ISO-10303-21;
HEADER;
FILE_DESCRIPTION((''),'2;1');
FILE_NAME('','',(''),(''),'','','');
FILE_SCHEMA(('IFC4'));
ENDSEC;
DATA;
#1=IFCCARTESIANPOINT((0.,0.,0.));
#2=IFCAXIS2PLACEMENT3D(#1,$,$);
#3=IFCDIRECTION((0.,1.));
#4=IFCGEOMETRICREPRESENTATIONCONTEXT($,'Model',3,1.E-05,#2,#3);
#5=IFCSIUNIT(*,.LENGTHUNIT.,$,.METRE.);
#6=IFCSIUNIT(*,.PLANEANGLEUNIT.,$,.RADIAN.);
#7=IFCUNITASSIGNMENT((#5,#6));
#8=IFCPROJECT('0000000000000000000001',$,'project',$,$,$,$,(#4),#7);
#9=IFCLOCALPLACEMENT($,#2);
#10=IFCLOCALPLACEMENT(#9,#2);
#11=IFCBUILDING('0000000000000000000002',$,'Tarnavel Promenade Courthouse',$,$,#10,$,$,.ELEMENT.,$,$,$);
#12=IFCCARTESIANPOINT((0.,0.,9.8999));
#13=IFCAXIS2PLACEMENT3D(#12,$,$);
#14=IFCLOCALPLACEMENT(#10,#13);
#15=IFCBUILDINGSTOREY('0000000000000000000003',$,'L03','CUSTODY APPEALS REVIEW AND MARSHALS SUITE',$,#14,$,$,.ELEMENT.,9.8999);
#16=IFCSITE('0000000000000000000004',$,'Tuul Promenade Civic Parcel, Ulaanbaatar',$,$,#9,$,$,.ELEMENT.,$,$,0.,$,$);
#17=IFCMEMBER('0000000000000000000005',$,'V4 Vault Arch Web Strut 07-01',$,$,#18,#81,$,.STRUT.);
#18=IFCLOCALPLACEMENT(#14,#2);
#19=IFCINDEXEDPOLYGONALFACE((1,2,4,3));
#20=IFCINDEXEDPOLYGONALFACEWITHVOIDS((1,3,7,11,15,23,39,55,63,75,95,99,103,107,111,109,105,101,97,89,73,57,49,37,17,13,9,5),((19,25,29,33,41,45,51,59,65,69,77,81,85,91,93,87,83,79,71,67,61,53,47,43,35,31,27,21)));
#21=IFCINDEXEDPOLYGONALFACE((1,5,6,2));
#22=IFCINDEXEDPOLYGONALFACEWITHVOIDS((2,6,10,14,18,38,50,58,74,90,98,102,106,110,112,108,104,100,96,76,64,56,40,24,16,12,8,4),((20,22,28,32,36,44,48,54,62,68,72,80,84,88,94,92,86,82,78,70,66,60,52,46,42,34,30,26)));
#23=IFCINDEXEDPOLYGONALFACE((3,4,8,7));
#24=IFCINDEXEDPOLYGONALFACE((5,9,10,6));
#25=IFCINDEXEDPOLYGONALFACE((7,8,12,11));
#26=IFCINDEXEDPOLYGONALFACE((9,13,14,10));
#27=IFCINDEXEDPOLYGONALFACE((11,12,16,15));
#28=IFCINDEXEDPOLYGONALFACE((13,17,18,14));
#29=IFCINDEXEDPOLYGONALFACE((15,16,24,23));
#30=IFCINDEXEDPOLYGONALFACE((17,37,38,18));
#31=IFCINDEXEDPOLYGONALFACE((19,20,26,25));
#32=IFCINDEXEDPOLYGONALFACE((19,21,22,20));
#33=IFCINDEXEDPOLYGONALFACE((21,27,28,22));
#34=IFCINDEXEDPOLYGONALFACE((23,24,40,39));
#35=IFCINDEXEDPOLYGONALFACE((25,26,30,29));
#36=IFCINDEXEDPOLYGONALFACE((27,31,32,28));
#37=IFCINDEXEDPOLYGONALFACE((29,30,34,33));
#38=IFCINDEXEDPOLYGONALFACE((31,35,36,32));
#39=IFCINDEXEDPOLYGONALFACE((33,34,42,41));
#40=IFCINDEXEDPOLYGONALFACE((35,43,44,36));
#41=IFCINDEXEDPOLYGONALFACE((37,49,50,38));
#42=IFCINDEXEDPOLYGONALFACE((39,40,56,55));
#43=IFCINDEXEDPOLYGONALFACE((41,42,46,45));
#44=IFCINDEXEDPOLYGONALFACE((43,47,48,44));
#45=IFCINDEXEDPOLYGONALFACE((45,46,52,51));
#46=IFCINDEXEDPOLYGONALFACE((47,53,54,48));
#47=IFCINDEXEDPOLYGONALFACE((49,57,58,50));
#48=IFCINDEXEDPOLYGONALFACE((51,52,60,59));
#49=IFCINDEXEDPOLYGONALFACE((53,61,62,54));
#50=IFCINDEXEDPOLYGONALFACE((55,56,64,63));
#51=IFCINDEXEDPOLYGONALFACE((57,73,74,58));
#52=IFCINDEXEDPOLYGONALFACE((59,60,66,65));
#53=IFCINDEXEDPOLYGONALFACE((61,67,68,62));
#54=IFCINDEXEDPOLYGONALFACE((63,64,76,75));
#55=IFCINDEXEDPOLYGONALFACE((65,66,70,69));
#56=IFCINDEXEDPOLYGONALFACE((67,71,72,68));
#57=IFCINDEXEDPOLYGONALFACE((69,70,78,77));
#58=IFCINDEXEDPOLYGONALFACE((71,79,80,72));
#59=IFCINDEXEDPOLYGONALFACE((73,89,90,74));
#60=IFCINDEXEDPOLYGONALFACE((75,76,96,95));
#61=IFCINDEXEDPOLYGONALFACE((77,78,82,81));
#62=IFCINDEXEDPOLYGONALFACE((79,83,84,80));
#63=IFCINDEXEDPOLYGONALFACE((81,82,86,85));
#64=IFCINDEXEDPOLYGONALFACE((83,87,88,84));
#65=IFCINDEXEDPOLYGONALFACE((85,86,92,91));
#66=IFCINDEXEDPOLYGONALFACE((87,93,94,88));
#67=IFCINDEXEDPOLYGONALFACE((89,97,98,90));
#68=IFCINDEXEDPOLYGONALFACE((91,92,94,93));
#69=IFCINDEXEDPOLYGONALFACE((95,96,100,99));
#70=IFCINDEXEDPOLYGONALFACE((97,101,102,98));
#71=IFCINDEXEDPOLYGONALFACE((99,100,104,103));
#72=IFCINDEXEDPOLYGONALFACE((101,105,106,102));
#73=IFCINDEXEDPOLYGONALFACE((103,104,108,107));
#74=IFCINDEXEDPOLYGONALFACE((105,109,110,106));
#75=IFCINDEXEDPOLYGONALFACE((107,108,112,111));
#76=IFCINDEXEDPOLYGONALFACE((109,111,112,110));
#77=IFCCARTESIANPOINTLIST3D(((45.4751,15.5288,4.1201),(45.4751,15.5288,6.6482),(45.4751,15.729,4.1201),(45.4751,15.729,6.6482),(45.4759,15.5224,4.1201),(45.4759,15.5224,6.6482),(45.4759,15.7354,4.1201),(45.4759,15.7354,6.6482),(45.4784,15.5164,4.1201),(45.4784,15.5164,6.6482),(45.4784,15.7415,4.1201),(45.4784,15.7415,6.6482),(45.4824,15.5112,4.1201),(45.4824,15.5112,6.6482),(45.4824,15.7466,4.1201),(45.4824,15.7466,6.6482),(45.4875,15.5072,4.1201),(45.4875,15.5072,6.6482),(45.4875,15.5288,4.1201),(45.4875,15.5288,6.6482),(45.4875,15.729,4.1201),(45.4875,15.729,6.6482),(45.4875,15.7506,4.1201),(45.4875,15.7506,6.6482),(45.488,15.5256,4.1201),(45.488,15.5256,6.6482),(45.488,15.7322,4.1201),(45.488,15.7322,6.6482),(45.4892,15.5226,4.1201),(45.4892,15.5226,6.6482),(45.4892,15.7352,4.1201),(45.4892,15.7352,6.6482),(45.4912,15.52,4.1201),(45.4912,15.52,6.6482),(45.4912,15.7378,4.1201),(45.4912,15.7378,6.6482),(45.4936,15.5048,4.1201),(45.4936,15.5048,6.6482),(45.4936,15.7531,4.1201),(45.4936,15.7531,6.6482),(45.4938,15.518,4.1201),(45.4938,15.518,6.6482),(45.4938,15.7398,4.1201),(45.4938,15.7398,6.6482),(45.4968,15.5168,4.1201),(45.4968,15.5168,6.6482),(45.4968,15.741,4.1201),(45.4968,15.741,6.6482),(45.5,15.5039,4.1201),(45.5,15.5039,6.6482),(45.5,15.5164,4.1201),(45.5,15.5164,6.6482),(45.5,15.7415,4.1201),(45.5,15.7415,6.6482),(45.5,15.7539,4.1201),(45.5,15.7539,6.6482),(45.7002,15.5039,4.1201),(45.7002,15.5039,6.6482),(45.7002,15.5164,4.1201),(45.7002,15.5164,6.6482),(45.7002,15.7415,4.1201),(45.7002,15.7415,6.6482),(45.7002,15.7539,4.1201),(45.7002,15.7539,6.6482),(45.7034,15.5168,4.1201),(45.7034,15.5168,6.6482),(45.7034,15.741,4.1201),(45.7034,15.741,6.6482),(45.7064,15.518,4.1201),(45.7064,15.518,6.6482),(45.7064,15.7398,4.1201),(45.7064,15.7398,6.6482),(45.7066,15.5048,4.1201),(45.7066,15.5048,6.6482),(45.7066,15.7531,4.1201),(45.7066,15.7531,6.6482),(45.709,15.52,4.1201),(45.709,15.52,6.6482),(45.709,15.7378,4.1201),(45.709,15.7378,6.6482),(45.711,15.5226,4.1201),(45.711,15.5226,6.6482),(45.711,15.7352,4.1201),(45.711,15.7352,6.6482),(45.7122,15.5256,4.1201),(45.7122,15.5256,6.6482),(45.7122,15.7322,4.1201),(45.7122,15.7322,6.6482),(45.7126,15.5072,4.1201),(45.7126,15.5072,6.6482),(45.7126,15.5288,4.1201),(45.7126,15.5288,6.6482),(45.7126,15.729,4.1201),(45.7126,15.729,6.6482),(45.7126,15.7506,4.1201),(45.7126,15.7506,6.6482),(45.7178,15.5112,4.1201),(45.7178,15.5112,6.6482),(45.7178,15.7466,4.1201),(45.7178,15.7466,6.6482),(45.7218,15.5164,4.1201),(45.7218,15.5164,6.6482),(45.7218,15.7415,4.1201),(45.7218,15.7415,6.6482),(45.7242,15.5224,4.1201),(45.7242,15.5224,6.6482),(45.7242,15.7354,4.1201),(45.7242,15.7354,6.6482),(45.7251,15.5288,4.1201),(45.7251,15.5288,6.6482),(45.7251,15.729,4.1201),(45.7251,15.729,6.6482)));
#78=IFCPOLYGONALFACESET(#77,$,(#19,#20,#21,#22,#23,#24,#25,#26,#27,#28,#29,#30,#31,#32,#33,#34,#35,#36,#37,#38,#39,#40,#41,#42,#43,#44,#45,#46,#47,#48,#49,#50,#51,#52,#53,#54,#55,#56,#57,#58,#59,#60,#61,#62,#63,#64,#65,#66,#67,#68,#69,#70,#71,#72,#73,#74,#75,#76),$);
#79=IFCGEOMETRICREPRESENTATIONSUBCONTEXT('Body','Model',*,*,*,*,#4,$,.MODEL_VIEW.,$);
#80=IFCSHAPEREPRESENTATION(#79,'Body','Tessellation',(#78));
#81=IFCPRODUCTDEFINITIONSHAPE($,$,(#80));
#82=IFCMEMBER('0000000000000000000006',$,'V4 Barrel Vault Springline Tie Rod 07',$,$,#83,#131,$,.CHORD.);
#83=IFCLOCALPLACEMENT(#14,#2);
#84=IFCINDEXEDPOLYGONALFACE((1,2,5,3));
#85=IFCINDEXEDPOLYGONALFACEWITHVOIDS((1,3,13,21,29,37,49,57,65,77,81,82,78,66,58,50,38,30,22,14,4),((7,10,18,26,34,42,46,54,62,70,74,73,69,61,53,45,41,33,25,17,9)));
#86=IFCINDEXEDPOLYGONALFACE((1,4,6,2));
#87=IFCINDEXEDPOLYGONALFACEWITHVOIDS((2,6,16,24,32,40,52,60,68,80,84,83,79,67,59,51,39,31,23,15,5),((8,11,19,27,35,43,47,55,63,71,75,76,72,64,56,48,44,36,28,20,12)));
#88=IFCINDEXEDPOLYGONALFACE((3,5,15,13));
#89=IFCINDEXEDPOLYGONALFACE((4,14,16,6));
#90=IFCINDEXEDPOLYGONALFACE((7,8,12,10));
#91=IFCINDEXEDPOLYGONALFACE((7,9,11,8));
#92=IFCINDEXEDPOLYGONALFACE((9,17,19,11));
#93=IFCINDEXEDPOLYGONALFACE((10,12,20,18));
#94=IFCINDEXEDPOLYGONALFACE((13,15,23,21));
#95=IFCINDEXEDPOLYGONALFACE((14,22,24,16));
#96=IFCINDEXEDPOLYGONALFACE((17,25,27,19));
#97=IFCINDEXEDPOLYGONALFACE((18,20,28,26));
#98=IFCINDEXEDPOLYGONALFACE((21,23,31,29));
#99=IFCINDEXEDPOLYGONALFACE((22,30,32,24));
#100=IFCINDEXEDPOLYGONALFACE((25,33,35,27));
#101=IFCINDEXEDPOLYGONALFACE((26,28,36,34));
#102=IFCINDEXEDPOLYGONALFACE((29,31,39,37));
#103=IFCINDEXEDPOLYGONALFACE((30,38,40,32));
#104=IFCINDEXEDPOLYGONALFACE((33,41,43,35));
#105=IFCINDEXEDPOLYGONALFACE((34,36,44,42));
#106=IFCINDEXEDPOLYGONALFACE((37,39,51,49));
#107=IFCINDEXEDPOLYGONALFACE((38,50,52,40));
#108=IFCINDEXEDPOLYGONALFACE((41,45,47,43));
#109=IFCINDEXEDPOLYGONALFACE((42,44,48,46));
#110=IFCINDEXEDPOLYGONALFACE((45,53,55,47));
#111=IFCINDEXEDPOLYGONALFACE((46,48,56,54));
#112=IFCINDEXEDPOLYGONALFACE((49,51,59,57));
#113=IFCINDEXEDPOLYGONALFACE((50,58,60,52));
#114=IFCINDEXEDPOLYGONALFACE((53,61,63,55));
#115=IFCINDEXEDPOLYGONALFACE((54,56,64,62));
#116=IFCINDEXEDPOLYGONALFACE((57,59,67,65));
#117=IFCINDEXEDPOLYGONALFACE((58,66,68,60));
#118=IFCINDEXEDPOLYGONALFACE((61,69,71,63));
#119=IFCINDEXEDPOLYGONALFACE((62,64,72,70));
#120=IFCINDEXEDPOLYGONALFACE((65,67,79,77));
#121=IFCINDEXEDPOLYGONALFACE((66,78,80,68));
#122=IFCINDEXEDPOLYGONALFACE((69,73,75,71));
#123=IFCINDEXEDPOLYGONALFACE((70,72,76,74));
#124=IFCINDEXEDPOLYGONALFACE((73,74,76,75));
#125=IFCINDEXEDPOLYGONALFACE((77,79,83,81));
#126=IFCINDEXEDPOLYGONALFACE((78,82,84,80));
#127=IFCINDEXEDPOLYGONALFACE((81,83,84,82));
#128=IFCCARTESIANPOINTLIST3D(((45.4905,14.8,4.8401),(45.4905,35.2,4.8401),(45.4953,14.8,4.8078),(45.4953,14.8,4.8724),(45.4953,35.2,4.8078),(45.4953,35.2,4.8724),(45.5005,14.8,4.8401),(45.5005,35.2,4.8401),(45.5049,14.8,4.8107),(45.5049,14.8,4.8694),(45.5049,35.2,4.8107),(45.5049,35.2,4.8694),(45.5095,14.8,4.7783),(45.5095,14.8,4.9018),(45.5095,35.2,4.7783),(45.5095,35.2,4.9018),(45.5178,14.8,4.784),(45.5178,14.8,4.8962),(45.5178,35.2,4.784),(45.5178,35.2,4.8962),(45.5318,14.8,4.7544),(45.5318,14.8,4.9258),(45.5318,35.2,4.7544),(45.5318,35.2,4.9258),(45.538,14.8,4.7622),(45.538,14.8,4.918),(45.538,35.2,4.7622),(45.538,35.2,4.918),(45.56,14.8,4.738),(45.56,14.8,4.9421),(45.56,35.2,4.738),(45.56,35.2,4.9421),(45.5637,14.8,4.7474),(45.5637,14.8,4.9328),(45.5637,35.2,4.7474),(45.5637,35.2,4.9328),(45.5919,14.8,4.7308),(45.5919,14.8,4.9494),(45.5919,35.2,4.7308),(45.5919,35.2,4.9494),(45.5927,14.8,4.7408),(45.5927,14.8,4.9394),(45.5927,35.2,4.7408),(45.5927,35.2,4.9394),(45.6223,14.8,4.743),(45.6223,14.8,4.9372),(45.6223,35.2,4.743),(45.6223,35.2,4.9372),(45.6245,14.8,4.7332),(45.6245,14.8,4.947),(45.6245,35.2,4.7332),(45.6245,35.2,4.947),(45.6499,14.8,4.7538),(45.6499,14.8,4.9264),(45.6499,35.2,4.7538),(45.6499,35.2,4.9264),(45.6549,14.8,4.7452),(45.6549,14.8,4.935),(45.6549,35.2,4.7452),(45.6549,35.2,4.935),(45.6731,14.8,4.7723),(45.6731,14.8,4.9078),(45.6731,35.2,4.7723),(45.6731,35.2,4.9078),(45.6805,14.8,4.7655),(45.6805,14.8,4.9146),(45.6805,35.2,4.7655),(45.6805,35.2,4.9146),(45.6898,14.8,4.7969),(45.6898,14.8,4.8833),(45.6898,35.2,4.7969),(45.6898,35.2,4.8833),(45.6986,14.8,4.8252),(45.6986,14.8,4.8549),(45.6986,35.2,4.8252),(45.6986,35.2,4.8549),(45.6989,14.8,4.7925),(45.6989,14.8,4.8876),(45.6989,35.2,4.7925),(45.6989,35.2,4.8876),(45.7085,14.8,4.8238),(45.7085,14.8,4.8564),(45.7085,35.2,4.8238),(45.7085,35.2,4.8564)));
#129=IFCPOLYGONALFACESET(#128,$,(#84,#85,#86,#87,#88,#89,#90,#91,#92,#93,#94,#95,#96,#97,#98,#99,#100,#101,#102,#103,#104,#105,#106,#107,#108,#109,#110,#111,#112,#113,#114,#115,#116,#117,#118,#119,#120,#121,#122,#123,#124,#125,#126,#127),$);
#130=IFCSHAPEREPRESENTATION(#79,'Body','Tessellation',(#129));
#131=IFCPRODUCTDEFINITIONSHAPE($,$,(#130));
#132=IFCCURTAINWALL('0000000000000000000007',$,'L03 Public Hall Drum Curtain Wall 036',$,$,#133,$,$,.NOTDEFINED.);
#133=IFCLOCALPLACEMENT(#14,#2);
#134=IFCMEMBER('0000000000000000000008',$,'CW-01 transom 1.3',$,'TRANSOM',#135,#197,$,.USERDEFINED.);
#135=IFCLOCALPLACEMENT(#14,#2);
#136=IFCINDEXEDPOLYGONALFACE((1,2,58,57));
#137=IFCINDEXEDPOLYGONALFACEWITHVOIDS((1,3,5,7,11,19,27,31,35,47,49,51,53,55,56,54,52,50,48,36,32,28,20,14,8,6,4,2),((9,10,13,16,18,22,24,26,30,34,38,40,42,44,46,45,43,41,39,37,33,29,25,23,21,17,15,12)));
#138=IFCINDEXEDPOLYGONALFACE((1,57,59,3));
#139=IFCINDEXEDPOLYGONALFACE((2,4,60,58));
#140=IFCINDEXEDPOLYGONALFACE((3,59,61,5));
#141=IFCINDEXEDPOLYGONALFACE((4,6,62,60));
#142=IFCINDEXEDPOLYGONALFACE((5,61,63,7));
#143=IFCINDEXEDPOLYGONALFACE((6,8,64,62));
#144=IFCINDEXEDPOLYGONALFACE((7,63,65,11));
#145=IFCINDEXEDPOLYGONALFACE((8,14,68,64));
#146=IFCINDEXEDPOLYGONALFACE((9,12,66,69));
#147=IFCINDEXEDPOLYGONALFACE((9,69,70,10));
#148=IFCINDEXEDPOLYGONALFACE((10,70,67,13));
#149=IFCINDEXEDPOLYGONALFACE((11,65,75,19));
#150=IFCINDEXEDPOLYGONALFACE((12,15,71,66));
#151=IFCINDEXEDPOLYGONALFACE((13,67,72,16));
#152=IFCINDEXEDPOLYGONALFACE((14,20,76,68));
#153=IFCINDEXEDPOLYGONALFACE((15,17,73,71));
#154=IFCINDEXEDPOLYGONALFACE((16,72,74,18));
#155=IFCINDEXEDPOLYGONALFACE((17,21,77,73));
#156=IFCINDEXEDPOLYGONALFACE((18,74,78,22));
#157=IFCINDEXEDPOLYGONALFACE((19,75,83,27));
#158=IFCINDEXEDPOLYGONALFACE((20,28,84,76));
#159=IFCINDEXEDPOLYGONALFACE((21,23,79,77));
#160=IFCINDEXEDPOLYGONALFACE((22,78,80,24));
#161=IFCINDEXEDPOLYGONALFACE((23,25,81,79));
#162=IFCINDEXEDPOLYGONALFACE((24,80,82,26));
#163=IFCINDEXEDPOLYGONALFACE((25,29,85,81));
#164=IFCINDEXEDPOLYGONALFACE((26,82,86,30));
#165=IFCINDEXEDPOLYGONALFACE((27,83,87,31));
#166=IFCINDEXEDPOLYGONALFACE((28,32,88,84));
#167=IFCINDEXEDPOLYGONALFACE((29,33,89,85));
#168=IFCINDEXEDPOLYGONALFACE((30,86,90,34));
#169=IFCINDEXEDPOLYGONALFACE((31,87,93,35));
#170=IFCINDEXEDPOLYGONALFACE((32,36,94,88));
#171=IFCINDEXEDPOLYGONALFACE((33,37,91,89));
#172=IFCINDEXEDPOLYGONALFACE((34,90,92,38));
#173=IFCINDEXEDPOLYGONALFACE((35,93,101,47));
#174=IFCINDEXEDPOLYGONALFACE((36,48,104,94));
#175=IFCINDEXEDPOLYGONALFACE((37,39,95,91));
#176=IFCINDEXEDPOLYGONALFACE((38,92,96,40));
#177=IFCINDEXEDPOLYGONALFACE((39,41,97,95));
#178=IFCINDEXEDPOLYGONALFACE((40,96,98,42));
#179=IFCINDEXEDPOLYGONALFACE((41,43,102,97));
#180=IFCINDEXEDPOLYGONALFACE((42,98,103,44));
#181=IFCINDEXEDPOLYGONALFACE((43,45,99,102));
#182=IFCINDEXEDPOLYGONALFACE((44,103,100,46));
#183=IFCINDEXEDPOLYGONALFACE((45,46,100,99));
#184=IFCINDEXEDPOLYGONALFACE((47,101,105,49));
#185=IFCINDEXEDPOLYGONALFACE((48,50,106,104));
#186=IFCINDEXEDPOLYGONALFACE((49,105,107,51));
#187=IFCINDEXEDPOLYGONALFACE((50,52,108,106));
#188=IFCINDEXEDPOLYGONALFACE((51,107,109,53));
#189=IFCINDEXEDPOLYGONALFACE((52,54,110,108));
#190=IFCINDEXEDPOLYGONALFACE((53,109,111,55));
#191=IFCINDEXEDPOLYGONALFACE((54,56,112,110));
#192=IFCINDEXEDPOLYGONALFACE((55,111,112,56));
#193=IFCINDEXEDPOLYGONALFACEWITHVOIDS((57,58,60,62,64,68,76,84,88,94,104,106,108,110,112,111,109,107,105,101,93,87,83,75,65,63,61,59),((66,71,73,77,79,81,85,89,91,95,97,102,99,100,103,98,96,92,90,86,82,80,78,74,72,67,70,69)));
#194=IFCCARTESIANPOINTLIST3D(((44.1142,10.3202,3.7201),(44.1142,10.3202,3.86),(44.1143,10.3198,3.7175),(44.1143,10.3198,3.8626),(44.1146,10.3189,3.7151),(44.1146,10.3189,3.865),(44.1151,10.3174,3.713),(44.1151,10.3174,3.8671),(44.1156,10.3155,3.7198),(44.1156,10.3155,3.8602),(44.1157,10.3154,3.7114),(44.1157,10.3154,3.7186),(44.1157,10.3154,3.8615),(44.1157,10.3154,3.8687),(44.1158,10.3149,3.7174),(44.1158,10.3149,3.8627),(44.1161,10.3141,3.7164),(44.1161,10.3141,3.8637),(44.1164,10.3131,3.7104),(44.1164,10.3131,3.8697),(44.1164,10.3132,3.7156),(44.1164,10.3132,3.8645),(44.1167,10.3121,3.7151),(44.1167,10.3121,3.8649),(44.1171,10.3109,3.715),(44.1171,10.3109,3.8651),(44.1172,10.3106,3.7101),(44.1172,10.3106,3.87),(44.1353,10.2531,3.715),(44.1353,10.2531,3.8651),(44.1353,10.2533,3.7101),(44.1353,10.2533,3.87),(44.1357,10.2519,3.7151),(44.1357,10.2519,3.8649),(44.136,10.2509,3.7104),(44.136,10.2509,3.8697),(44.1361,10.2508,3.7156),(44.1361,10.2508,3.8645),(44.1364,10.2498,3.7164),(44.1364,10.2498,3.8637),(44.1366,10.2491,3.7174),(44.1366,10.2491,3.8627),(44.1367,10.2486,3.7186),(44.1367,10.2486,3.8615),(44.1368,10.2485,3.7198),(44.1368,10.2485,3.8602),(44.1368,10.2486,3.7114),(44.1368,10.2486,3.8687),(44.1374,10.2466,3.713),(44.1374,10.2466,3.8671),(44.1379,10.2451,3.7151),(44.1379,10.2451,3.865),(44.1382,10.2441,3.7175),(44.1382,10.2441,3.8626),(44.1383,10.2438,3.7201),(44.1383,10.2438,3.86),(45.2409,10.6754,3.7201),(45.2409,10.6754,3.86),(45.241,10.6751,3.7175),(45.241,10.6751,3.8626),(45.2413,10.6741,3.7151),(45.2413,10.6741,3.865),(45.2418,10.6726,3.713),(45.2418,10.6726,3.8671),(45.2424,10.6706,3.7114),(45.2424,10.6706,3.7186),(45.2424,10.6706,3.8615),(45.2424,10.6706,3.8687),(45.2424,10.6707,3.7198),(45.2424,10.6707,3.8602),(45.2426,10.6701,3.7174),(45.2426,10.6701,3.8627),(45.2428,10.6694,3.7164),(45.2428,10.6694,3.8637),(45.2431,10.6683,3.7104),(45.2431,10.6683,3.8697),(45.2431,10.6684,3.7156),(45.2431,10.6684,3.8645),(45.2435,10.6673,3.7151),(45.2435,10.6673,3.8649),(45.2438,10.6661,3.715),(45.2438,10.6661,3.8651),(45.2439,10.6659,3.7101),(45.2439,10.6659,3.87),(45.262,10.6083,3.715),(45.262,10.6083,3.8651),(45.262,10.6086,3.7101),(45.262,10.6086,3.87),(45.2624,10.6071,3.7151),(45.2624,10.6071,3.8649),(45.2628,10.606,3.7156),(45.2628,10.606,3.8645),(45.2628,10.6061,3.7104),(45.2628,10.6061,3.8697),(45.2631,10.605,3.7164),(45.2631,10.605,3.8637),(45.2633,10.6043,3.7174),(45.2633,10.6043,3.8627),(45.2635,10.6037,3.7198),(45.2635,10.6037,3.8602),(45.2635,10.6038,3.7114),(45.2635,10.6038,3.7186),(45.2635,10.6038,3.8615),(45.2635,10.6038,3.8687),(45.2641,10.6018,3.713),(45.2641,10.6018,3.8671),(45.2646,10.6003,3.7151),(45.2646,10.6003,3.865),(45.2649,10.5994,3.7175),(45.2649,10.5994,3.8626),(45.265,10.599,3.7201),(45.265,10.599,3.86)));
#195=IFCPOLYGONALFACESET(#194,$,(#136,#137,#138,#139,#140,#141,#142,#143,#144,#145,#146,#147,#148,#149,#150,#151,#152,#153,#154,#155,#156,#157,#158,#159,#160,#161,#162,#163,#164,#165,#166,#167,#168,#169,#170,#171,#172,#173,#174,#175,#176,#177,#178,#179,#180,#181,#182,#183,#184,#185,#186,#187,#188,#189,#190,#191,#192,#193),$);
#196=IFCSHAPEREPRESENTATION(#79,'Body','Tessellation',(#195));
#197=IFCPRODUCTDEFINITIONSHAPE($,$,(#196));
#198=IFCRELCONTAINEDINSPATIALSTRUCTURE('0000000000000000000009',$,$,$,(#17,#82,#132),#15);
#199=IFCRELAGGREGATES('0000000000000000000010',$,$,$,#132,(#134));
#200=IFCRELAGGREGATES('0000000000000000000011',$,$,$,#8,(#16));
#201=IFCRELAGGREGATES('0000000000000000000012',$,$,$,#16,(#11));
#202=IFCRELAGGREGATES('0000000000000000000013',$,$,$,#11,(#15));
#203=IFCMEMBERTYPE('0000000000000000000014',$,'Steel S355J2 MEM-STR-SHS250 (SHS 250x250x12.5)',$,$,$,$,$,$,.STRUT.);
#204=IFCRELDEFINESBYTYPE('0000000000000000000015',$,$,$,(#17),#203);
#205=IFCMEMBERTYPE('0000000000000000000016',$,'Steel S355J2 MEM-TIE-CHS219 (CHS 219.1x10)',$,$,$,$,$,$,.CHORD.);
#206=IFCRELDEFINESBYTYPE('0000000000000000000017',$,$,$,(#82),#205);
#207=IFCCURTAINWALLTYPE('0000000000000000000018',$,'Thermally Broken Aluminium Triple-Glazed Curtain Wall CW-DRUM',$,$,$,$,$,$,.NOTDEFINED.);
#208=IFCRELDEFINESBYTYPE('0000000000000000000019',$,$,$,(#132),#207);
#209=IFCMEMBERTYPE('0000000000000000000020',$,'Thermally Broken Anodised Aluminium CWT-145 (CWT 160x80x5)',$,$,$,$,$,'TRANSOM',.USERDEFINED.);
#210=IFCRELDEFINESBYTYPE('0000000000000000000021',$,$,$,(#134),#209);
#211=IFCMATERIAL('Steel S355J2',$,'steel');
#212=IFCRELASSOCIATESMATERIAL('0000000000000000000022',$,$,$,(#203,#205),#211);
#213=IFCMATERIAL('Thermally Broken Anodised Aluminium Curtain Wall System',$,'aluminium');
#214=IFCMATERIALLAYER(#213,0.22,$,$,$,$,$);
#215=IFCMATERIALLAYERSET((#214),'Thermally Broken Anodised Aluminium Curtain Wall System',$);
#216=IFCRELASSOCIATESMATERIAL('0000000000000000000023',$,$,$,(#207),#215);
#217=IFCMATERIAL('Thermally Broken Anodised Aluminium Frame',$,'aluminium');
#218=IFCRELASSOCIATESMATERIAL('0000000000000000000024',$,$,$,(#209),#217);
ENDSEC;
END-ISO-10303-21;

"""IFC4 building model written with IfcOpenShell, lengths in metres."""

from ifc_helpers import new_model, si_unit, direction, frame, origin, origin_2d, place, context, subcontext, project, spatial, hollow_rectangle, hollow_circle, extrude, material, layer, layer_set, material_profile, profile_set, type_object, element, aggregate, save


model = new_model("IFC4")

# Units and contexts
model_context = context("Model", 3, precision=1e-05, world=origin(), true_north=direction((0.0, 1.0)))
body_context = subcontext(model_context, "Body", "Model", "MODEL_VIEW")
ifc_project = project(units=[si_unit("LENGTHUNIT", "METRE"), si_unit("PLANEANGLEUNIT", "RADIAN")], contexts=[model_context])

# Site, building, storey
site_placement = place(None, origin())
site = spatial("IfcSite", under=ifc_project, at=site_placement, Name="Tuul Promenade Civic Parcel, Ulaanbaatar", CompositionType="ELEMENT", RefElevation=0.0)
building_placement = place(site_placement, origin())
building = spatial("IfcBuilding", under=site, at=building_placement, Name="Tarnavel Promenade Courthouse", CompositionType="ELEMENT")
storey_placement = place(building_placement, frame((0.0, 0.0, 9.8999)))
storey = spatial("IfcBuildingStorey", under=building, at=storey_placement, Name="L03", Description="CUSTODY APPEALS REVIEW AND MARSHALS SUITE", CompositionType="ELEMENT", Elevation=9.8999)

# Shared definitions
ifc_material_1 = material(Name="Steel S355J2", Category="steel")

# Members
ifc_material_profile_1 = material_profile(ifc_material_1, hollow_rectangle(XDim=0.25, YDim=0.25, WallThickness=0.0125, InnerFilletRadius=0.0125, OuterFilletRadius=0.0249, at=origin_2d()), Name="SHS 250x250x12.5")
ifc_profile_set_1 = profile_set([ifc_material_profile_1], Name="Steel S355J2")
member_type_1 = type_object("IfcMemberType", Name="Steel S355J2 MEM-STR-SHS250 (SHS 250x250x12.5)", PredefinedType="STRUT", material=ifc_profile_set_1)
member_1_placement = place(storey_placement, frame((45.6001, 15.6289, 4.1201), z_axis=(0.0, 0.0, 1.0), x_axis=(1.0, 0.0, 0.0)))
element("IfcMember", 1, at=member_1_placement, inside=storey, type_object=member_type_1, Name="V4 Vault Arch Web Strut 07-01", PredefinedType="STRUT", context=body_context, shape_type="SweptSolid", body=[
    extrude(hollow_rectangle(XDim=0.25, YDim=0.25, WallThickness=0.0125, InnerFilletRadius=0.0125, OuterFilletRadius=0.0249, at=origin_2d()), origin(), (0.0, 0.0, 1.0), 2.5281),
])
ifc_material_profile_2 = material_profile(ifc_material_1, hollow_circle(Radius=0.1096, WallThickness=0.01, at=origin_2d()), Name="CHS 219.1x10")
ifc_profile_set_2 = profile_set([ifc_material_profile_2], Name="Steel S355J2")
member_type_2 = type_object("IfcMemberType", Name="Steel S355J2 MEM-TIE-CHS219 (CHS 219.1x10)", PredefinedType="CHORD", material=ifc_profile_set_2)
member_2_placement = place(storey_placement, frame((45.6001, 14.8, 4.8401), z_axis=(0.0, 1.0, 0.0), x_axis=(-1.0, 0.0, 0.0)))
element("IfcMember", 2, at=member_2_placement, inside=storey, type_object=member_type_2, Name="V4 Barrel Vault Springline Tie Rod 07", PredefinedType="CHORD", context=body_context, shape_type="SweptSolid", body=[
    extrude(hollow_circle(Radius=0.1096, WallThickness=0.01, at=origin_2d()), origin(), (0.0, 0.0, 1.0), 20.3999),
])

# Curtain wall, member
ifc_material_2 = material(Name="Thermally Broken Anodised Aluminium Curtain Wall System", Category="aluminium")
ifc_layer_1 = layer(ifc_material_2, 0.22)
ifc_layer_set_1 = layer_set([ifc_layer_1], Name="Thermally Broken Anodised Aluminium Curtain Wall System")
curtain_wall_type = type_object("IfcCurtainWallType", Name="Thermally Broken Aluminium Triple-Glazed Curtain Wall CW-DRUM", PredefinedType="NOTDEFINED", material=ifc_layer_set_1)
curtain_wall_1_placement = place(storey_placement, origin())
curtain_wall_1 = element("IfcCurtainWall", 3, at=curtain_wall_1_placement, inside=storey, type_object=curtain_wall_type, Name="L03 Public Hall Drum Curtain Wall 036", PredefinedType="NOTDEFINED")
ifc_material_3 = material(Name="Thermally Broken Anodised Aluminium Frame", Category="aluminium")
ifc_material_profile_3 = material_profile(ifc_material_3, hollow_rectangle(XDim=0.0801, YDim=0.1599, WallThickness=0.0049, InnerFilletRadius=0.0049, OuterFilletRadius=0.01, at=origin_2d()), Name="CWT 160x80x5")
ifc_profile_set_3 = profile_set([ifc_material_profile_3], Name="Thermally Broken Anodised Aluminium Frame")
member_type_3 = type_object("IfcMemberType", Name="Thermally Broken Anodised Aluminium CWT-145 (CWT 160x80x5)", ElementType="TRANSOM", PredefinedType="USERDEFINED", material=ifc_profile_set_3)
member_3_placement = place(storey_placement, frame((44.1262, 10.282, 3.79), z_axis=(0.953723, 0.300686, 0.0), x_axis=(-0.300686, 0.953723, 0.0)))
member_3 = element("IfcMember", 4, at=member_3_placement, type_object=member_type_3, Name="CW-01 transom 1.3", ObjectType="TRANSOM", PredefinedType="USERDEFINED", context=body_context, shape_type="SweptSolid", body=[
    extrude(hollow_rectangle(XDim=0.0801, YDim=0.1599, WallThickness=0.0049, InnerFilletRadius=0.0049, OuterFilletRadius=0.01, at=origin_2d()), origin(), (0.0, 0.0, 1.0), 1.1814),
])

aggregate(curtain_wall_1, [member_3])

save(model, "model.ifc")
